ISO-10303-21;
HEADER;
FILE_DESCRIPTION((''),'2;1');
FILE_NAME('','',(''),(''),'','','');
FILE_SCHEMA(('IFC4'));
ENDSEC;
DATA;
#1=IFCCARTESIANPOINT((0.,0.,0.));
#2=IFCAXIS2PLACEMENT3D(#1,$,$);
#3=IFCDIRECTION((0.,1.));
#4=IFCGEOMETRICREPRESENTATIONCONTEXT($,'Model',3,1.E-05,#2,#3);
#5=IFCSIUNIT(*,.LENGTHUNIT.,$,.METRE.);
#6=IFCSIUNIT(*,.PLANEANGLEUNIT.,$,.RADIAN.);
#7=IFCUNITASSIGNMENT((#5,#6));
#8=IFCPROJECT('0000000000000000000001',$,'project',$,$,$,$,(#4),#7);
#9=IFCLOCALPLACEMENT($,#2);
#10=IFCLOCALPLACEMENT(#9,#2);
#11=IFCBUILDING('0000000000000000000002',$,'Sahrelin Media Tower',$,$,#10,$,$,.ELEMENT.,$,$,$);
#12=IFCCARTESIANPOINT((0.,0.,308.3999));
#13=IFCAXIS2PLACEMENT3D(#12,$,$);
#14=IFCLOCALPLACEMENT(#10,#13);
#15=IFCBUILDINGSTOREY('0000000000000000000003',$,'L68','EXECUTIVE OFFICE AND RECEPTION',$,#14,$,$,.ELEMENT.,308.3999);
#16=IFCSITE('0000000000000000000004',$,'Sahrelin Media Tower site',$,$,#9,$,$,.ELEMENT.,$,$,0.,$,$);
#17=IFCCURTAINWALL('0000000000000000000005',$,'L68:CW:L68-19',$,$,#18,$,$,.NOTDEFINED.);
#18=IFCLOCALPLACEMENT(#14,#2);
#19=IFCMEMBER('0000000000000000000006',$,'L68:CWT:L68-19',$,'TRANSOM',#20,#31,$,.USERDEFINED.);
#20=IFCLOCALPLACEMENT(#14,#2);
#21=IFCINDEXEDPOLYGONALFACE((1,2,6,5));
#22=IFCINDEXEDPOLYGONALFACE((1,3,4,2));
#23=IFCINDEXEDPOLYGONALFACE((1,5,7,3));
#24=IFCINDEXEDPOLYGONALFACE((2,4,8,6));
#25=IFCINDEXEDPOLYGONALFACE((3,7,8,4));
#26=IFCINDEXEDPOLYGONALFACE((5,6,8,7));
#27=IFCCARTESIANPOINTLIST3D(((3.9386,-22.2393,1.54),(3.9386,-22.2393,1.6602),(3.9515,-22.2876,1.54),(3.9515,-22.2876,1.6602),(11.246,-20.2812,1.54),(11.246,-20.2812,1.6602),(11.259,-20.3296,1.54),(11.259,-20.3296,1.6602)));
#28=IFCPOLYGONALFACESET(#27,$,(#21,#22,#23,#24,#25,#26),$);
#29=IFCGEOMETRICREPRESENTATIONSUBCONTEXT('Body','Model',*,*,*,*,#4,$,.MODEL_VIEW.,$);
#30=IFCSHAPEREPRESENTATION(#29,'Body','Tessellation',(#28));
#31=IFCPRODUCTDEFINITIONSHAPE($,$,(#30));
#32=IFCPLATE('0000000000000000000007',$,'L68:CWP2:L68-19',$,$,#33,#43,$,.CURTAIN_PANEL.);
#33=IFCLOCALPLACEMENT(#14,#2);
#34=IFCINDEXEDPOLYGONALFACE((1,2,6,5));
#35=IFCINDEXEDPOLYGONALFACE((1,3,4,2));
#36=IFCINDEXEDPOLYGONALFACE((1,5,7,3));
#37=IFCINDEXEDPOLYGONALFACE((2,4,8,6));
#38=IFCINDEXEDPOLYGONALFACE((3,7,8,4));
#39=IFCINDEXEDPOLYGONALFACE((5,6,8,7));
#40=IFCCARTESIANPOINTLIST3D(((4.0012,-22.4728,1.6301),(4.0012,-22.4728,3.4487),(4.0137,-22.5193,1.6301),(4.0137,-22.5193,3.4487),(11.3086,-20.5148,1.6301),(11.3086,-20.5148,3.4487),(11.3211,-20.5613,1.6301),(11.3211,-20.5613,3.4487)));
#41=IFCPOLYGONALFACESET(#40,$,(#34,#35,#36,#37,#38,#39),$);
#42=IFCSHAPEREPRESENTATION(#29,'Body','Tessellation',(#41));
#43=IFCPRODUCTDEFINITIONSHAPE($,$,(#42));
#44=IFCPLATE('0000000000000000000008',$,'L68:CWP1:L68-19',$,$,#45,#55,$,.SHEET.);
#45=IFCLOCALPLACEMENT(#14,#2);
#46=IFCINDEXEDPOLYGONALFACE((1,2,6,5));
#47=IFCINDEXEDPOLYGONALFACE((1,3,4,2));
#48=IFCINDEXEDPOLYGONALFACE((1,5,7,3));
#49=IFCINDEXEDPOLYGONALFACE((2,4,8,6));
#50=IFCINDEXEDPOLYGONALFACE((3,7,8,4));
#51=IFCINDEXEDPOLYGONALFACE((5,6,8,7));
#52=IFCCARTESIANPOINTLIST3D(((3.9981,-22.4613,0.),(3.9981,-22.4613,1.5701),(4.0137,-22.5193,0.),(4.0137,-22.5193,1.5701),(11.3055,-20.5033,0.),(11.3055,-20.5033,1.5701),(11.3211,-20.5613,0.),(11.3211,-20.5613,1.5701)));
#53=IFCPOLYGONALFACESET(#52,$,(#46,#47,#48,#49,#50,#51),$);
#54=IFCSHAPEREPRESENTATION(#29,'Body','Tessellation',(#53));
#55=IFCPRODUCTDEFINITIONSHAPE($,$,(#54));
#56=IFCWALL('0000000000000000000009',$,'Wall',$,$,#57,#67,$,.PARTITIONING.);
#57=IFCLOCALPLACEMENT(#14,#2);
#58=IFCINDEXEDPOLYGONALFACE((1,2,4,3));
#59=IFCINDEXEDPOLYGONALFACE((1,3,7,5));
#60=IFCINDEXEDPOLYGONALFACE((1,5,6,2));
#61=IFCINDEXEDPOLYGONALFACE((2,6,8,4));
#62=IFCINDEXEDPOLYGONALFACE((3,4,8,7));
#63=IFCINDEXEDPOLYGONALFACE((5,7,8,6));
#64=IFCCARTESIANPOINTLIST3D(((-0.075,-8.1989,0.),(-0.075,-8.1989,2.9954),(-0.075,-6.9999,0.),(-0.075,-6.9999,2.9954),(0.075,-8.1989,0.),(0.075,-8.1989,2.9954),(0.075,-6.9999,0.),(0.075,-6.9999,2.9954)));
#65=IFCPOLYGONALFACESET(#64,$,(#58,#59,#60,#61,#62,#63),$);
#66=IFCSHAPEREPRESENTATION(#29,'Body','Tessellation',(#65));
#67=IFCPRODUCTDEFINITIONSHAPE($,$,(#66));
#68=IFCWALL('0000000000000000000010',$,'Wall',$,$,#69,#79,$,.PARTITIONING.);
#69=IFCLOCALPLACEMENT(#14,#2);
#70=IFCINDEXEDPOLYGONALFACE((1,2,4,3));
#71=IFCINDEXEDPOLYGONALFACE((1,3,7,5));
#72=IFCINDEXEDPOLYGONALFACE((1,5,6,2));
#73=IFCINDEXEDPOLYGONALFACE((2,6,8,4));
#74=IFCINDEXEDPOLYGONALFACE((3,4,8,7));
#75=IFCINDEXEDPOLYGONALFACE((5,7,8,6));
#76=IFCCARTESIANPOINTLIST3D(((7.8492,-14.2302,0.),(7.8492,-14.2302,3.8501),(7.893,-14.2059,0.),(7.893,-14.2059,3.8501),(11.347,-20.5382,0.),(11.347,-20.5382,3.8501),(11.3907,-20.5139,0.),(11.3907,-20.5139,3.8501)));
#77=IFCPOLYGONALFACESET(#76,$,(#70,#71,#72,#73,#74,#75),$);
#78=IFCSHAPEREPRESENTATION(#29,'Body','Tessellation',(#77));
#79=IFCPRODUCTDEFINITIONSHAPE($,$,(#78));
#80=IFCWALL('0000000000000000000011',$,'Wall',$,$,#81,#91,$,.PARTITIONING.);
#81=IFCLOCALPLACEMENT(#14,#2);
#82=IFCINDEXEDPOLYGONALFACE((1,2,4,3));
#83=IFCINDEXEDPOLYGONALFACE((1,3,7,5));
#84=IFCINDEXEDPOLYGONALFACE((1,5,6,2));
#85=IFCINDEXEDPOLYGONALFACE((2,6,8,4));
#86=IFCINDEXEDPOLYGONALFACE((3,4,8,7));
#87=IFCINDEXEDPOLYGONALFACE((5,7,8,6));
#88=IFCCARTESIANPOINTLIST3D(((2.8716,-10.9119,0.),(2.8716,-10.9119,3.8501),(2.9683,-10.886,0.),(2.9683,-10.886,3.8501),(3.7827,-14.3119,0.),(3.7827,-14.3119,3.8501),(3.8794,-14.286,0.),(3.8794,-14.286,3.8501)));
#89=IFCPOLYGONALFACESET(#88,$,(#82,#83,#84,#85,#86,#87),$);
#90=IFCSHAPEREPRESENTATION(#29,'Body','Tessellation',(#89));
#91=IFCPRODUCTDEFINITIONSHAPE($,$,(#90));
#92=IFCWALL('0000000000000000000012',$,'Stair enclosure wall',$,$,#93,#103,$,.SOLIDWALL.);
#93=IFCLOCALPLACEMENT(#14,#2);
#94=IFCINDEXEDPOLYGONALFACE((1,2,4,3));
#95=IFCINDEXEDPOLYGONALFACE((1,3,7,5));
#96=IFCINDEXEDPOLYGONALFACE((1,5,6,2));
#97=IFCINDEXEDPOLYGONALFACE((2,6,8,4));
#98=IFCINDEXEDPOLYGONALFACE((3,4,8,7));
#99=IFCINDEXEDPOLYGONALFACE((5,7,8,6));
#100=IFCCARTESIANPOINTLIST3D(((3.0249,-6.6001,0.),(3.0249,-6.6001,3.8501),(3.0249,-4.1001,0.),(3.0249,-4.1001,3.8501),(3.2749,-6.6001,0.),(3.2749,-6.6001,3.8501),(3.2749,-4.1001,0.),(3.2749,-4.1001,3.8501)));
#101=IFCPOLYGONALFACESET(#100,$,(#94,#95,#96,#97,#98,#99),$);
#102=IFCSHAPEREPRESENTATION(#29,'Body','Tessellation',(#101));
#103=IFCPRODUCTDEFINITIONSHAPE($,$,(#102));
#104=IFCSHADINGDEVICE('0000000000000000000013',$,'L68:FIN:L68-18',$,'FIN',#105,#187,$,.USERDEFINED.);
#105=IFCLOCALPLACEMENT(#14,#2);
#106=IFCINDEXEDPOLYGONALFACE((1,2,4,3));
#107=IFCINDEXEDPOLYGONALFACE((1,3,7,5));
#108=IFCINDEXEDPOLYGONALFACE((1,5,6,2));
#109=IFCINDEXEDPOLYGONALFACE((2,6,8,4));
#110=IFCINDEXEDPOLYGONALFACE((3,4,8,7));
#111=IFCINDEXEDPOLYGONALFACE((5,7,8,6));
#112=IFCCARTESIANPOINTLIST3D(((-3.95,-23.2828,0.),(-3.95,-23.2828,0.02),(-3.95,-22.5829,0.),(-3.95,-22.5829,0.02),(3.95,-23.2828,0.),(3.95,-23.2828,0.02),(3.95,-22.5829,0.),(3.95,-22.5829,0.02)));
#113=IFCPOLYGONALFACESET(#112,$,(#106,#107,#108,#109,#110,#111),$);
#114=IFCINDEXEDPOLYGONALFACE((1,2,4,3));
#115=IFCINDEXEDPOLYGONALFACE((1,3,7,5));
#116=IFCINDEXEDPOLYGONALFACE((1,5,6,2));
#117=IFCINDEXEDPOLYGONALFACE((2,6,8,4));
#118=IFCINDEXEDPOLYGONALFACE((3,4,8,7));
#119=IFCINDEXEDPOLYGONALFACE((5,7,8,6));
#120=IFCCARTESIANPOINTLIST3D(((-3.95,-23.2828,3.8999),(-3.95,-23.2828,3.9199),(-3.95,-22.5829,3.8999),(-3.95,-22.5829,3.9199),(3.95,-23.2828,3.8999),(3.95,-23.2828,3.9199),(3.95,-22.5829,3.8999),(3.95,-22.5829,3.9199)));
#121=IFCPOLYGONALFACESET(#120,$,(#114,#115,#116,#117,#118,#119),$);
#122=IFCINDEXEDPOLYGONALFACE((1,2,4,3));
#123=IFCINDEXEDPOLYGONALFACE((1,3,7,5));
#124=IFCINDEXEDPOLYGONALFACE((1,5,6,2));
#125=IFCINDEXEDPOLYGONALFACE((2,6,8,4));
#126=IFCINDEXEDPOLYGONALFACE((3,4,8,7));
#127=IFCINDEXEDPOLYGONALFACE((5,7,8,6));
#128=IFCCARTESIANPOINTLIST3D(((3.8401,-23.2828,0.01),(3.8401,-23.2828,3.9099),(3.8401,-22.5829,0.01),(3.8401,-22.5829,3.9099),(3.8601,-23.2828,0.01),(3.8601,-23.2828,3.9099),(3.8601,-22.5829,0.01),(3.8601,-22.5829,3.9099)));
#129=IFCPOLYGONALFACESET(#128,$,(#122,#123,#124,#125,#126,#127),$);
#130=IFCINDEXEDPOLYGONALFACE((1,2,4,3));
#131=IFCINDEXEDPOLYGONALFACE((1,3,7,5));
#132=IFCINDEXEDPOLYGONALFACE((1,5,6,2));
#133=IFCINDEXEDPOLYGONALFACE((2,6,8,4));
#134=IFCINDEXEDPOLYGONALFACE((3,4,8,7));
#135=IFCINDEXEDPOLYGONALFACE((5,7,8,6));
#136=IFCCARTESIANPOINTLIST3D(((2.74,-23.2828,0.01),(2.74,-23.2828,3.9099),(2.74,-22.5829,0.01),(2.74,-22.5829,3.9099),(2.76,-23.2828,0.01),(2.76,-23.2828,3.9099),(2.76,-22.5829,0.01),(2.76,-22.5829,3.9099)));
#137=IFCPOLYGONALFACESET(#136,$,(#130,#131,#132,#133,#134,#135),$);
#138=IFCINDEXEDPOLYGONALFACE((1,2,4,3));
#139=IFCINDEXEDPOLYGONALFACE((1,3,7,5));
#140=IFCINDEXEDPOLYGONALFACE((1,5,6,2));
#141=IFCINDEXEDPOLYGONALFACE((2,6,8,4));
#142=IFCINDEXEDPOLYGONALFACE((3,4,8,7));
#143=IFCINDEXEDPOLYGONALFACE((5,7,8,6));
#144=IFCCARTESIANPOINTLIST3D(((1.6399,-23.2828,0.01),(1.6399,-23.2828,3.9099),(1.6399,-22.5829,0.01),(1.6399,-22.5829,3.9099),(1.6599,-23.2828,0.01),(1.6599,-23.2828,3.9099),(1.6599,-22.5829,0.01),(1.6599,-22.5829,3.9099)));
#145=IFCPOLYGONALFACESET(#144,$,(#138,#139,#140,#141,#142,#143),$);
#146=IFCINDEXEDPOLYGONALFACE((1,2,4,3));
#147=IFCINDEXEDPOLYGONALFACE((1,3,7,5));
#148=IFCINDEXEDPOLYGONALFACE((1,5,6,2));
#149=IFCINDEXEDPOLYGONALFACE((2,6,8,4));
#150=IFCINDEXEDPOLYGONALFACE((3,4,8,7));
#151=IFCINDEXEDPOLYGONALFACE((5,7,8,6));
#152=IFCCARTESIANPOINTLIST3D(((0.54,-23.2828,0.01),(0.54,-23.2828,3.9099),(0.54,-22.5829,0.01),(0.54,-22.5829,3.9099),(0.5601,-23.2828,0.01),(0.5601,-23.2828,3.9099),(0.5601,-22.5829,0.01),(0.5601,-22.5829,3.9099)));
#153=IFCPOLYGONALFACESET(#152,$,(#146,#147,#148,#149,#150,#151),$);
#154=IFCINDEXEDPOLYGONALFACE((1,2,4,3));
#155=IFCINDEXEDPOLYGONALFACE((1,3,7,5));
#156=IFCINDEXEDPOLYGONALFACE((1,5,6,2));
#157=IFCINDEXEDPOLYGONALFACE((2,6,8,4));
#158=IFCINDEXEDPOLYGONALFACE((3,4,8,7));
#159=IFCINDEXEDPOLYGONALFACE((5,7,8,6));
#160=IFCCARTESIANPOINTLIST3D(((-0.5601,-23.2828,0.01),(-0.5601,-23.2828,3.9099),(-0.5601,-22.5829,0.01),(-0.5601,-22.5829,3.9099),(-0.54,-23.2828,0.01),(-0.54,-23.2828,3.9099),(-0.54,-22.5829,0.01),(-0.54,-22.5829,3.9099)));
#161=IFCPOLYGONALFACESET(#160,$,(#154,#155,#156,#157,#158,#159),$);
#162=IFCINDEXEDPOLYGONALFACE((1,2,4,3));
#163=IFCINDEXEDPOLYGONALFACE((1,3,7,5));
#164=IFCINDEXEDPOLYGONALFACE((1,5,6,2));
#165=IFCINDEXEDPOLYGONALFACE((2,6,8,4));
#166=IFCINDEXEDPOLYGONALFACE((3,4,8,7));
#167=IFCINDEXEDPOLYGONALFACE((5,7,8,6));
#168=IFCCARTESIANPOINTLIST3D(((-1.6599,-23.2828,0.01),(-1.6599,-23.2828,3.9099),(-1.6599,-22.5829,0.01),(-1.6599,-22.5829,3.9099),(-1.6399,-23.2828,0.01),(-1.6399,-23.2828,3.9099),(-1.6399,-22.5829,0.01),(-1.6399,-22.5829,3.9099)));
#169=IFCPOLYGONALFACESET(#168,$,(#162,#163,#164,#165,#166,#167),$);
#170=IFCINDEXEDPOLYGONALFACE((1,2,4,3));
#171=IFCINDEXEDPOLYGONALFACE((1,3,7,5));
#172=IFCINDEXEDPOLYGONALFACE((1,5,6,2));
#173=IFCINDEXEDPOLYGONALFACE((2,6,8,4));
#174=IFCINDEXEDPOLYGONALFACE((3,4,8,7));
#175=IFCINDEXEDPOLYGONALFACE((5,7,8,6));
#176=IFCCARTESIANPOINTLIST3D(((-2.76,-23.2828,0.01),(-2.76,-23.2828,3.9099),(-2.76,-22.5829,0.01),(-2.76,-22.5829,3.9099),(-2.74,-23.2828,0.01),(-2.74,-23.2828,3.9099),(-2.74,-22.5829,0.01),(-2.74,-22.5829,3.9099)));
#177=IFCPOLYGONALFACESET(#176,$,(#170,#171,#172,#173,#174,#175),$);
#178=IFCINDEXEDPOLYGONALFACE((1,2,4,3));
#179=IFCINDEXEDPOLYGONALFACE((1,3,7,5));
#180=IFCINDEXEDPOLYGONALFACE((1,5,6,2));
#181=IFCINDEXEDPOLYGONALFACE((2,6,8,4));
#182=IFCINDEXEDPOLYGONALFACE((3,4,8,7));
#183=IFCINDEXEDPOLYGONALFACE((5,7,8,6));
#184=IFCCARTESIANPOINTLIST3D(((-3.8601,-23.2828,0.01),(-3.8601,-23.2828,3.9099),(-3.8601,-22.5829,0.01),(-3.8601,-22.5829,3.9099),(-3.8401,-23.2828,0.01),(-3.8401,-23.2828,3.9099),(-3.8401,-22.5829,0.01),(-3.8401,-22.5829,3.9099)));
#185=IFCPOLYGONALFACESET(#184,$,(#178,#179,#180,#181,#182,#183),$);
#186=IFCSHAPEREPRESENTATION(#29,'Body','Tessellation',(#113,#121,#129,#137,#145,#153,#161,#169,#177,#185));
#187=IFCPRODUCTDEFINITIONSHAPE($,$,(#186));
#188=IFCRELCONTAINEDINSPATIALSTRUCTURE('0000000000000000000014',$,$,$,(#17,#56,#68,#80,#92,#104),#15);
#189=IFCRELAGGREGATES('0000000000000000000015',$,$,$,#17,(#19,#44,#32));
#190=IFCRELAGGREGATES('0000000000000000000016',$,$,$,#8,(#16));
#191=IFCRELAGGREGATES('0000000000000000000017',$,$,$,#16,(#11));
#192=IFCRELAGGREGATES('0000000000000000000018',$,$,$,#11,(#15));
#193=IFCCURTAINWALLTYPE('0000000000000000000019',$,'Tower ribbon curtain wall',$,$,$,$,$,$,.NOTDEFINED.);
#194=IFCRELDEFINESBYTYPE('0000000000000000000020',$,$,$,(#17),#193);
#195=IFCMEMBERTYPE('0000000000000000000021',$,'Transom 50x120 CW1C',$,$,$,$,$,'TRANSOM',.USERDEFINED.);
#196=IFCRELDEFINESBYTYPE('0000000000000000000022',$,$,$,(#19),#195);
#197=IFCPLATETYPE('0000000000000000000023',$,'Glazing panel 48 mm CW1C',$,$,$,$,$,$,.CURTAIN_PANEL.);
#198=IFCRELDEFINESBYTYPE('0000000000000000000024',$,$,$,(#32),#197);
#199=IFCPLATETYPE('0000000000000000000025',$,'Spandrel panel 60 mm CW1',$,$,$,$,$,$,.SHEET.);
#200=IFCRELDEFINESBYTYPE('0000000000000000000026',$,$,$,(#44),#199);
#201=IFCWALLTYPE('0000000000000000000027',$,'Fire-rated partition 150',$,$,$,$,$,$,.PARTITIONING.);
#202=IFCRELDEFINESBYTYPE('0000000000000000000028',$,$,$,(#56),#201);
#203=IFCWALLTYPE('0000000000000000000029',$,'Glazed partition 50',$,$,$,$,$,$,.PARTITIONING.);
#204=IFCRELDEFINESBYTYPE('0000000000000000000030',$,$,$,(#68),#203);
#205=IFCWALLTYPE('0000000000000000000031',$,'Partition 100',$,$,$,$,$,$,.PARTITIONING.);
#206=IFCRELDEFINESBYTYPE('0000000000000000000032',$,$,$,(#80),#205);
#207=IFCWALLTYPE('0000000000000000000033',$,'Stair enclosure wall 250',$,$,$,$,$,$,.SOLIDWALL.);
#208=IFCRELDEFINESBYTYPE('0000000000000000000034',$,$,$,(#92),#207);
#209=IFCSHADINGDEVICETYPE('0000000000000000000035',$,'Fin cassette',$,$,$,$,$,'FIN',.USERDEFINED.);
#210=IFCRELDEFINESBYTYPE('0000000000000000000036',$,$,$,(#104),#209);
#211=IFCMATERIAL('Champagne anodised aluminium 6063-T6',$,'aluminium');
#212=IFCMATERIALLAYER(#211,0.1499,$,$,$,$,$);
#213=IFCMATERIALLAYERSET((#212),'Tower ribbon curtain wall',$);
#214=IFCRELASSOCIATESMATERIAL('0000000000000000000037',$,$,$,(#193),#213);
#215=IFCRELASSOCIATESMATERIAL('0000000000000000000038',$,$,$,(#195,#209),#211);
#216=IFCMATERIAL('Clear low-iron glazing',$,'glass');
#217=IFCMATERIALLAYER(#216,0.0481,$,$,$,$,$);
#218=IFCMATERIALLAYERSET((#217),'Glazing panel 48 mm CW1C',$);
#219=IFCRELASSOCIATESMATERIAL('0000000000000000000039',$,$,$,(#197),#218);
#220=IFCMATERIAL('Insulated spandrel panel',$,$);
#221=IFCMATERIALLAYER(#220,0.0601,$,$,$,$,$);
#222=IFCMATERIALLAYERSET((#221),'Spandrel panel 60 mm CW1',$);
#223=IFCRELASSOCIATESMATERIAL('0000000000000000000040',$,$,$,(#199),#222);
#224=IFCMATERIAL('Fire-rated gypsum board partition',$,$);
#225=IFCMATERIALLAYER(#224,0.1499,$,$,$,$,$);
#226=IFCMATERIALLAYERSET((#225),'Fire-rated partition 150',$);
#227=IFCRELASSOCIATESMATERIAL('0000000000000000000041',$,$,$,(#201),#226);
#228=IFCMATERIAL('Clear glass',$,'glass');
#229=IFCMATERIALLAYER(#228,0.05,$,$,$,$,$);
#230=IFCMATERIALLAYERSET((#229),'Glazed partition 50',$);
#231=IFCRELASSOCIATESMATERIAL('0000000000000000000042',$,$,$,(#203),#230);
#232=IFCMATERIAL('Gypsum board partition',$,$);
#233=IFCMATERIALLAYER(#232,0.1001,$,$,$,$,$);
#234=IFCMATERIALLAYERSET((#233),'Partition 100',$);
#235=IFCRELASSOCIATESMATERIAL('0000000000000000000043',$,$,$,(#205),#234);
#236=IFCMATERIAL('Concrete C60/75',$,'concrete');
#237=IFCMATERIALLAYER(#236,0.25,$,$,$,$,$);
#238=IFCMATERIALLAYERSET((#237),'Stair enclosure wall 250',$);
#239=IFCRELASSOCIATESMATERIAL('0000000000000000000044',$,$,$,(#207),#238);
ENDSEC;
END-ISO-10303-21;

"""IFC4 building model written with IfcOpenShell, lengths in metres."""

from ifc_helpers import new_model, si_unit, direction, frame, frame_2d, origin, origin_2d, place, context, subcontext, project, spatial, polyline, rectangle, outline, extrude, material, layer, layer_set, material_profile, profile_set, type_object, element, aggregate, save


model = new_model("IFC4")

# Units and contexts
model_context = context("Model", 3, precision=1e-05, world=origin(), true_north=direction((0.0, 1.0)))
body_context = subcontext(model_context, "Body", "Model", "MODEL_VIEW")
ifc_project = project(units=[si_unit("LENGTHUNIT", "METRE"), si_unit("PLANEANGLEUNIT", "RADIAN")], contexts=[model_context])

# Site, building, storey
site_placement = place(None, origin())
site = spatial("IfcSite", under=ifc_project, at=site_placement, Name="Sahrelin Media Tower site", CompositionType="ELEMENT", RefElevation=0.0)
building_placement = place(site_placement, origin())
building = spatial("IfcBuilding", under=site, at=building_placement, Name="Sahrelin Media Tower", CompositionType="ELEMENT")
storey_placement = place(building_placement, frame((0.0, 0.0, 308.3999)))
storey = spatial("IfcBuildingStorey", under=building, at=storey_placement, Name="L68", Description="EXECUTIVE OFFICE AND RECEPTION", CompositionType="ELEMENT", Elevation=308.3999)

# Curtain wall
ifc_material_1 = material(Name="Champagne anodised aluminium 6063-T6", Category="aluminium")
ifc_layer_1 = layer(ifc_material_1, 0.1499)
ifc_layer_set_1 = layer_set([ifc_layer_1], Name="Tower ribbon curtain wall")
curtain_wall_type = type_object("IfcCurtainWallType", Name="Tower ribbon curtain wall", PredefinedType="NOTDEFINED", material=ifc_layer_set_1)
curtain_wall_1_placement = place(storey_placement, frame((7.6621, -21.521, 0.0), z_axis=(0.0, 0.0, 1.0), x_axis=(1.0, 0.0, 0.0)))
curtain_wall_1 = element("IfcCurtainWall", 1, at=curtain_wall_1_placement, inside=storey, type_object=curtain_wall_type, Name="L68:CW:L68-19", PredefinedType="NOTDEFINED")

# Member
ifc_material_profile_1 = material_profile(ifc_material_1, rectangle(XDim=0.05, YDim=0.1201, at=origin_2d()), Name="Transom 50x120")
ifc_profile_set_1 = profile_set([ifc_material_profile_1], Name="Champagne anodised aluminium 6063-T6")
member_type_1 = type_object("IfcMemberType", Name="Transom 50x120 CW1C", ElementType="TRANSOM", PredefinedType="USERDEFINED", material=ifc_profile_set_1)
member_1_placement = place(storey_placement, frame((3.9451, -22.2634, 1.6001), z_axis=(0.965926, 0.258819, 0.0), x_axis=(-0.258819, 0.965926, 0.0)))
member_1 = element("IfcMember", 2, at=member_1_placement, type_object=member_type_1, Name="L68:CWT:L68-19", ObjectType="TRANSOM", PredefinedType="USERDEFINED", context=body_context, shape_type="SweptSolid", body=[
    extrude(rectangle(XDim=0.05, YDim=0.1201, at=origin_2d()), origin(), (0.0, 0.0, 1.0), 7.5652),
])

# Plates
ifc_material_2 = material(Name="Clear low-iron glazing", Category="glass")
ifc_layer_2 = layer(ifc_material_2, 0.0481)
ifc_layer_set_2 = layer_set([ifc_layer_2], Name="Glazing panel 48 mm CW1C")
plate_type_1 = type_object("IfcPlateType", Name="Glazing panel 48 mm CW1C", PredefinedType="CURTAIN_PANEL", material=ifc_layer_set_2)
plate_1_placement = place(storey_placement, frame((4.0137, -22.5193, 1.6301), z_axis=(0.258819, -0.965926, 0.0), x_axis=(0.965926, 0.258819, 0.0)))
plate_1 = element("IfcPlate", 3, at=plate_1_placement, type_object=plate_type_1, Name="L68:CWP2:L68-19", PredefinedType="CURTAIN_PANEL", context=body_context, shape_type="SweptSolid", body=[
    extrude(outline(polyline([(0.0, 0.0), (7.5652, 0.0), (7.5652, 1.8186), (0.0, 1.8186), (0.0, 0.0)])), origin(), (0.0, 0.0, -1.0), 0.0481),
])
ifc_material_3 = material(Name="Insulated spandrel panel")
ifc_layer_3 = layer(ifc_material_3, 0.0601)
ifc_layer_set_3 = layer_set([ifc_layer_3], Name="Spandrel panel 60 mm CW1")
plate_type_2 = type_object("IfcPlateType", Name="Spandrel panel 60 mm CW1", PredefinedType="SHEET", material=ifc_layer_set_3)
plate_2_placement = place(storey_placement, frame((4.0137, -22.5193, 0.0), z_axis=(0.258819, -0.965926, 0.0), x_axis=(0.965926, 0.258819, 0.0)))
plate_2 = element("IfcPlate", 4, at=plate_2_placement, type_object=plate_type_2, Name="L68:CWP1:L68-19", PredefinedType="SHEET", context=body_context, shape_type="SweptSolid", body=[
    extrude(outline(polyline([(0.0, 0.0), (7.5652, 0.0), (7.5652, 1.5701), (0.0, 1.5701), (0.0, 0.0)])), origin(), (0.0, 0.0, -1.0), 0.0601),
])
aggregate(curtain_wall_1, [member_1, plate_2, plate_1])

# Walls
ifc_material_4 = material(Name="Fire-rated gypsum board partition")
ifc_layer_4 = layer(ifc_material_4, 0.1499)
ifc_layer_set_4 = layer_set([ifc_layer_4], Name="Fire-rated partition 150")
wall_type_1 = type_object("IfcWallType", Name="Fire-rated partition 150", PredefinedType="PARTITIONING", material=ifc_layer_set_4)
wall_1_placement = place(storey_placement, frame((0.0, -8.199, 0.0), z_axis=(0.0, 0.0, 1.0), x_axis=(0.0, 1.0, 0.0)))
element("IfcWall", 5, at=wall_1_placement, inside=storey, type_object=wall_type_1, Name="Wall", PredefinedType="PARTITIONING", context=body_context, shape_type="SweptSolid", body=[
    extrude(rectangle(XDim=1.199, YDim=0.1499, at=frame_2d((0.5996, 0.0))), origin(), (0.0, 0.0, 1.0), 2.9954),
])
ifc_material_5 = material(Name="Clear glass", Category="glass")
ifc_layer_5 = layer(ifc_material_5, 0.05)
ifc_layer_set_5 = layer_set([ifc_layer_5], Name="Glazed partition 50")
wall_type_2 = type_object("IfcWallType", Name="Glazed partition 50", PredefinedType="PARTITIONING", material=ifc_layer_set_5)
wall_2_placement = place(storey_placement, frame((7.8711, -14.218, 0.0), z_axis=(0.0, 0.0, 1.0), x_axis=(0.484933, -0.874551, 0.0)))
element("IfcWall", 6, at=wall_2_placement, inside=storey, type_object=wall_type_2, Name="Wall", PredefinedType="PARTITIONING", context=body_context, shape_type="SweptSolid", body=[
    extrude(rectangle(XDim=7.2129, YDim=0.05, at=frame_2d((3.6064, 0.0))), origin(), (0.0, 0.0, 1.0), 3.8501),
])
ifc_material_6 = material(Name="Gypsum board partition")
ifc_layer_6 = layer(ifc_material_6, 0.1001)
ifc_layer_set_6 = layer_set([ifc_layer_6], Name="Partition 100")
wall_type_3 = type_object("IfcWallType", Name="Partition 100", PredefinedType="PARTITIONING", material=ifc_layer_set_6)
wall_3_placement = place(storey_placement, frame((2.9199, -10.8989, 0.0), z_axis=(0.0, 0.0, 1.0), x_axis=(0.258837, -0.965921, 0.0)))
element("IfcWall", 7, at=wall_3_placement, inside=storey, type_object=wall_type_3, Name="Wall", PredefinedType="PARTITIONING", context=body_context, shape_type="SweptSolid", body=[
    extrude(rectangle(XDim=3.52, YDim=0.1001, at=frame_2d((1.76, 0.0))), origin(), (0.0, 0.0, 1.0), 3.8501),
])
ifc_material_7 = material(Name="Concrete C60/75", Category="concrete")
ifc_layer_7 = layer(ifc_material_7, 0.25)
ifc_layer_set_7 = layer_set([ifc_layer_7], Name="Stair enclosure wall 250")
wall_type_4 = type_object("IfcWallType", Name="Stair enclosure wall 250", PredefinedType="SOLIDWALL", material=ifc_layer_set_7)
wall_4_placement = place(storey_placement, frame((3.1499, -6.6001, 0.0), z_axis=(0.0, 0.0, 1.0), x_axis=(0.0, 1.0, 0.0)))
element("IfcWall", 8, at=wall_4_placement, inside=storey, type_object=wall_type_4, Name="Stair enclosure wall", PredefinedType="SOLIDWALL", context=body_context, shape_type="SweptSolid", body=[
    extrude(rectangle(XDim=2.5, YDim=0.25, at=frame_2d((1.25, 0.0))), origin(), (0.0, 0.0, 1.0), 3.8501),
])

# Shading device
shading_device_type_1 = type_object("IfcShadingDeviceType", Name="Fin cassette", ElementType="FIN", PredefinedType="USERDEFINED", material=ifc_material_1)
placement_1 = place(storey_placement, frame((0.0, -22.5129, 0.0), z_axis=(0.0, 0.0, 1.0), x_axis=(-1.0, 0.0, 0.0)))
element("IfcShadingDevice", 9, at=placement_1, inside=storey, type_object=shading_device_type_1, Name="L68:FIN:L68-18", ObjectType="FIN", PredefinedType="USERDEFINED", context=body_context, shape_type="SweptSolid", body=[
    extrude(rectangle(XDim=7.8999, YDim=0.7, at=origin_2d()), frame((0.0, 0.4199, 0.0)), (0.0, 0.0, 1.0), 0.02),
    extrude(rectangle(XDim=7.8999, YDim=0.7, at=origin_2d()), frame((0.0, 0.4199, 3.8999)), (0.0, 0.0, 1.0), 0.02),
    extrude(rectangle(XDim=0.02, YDim=0.7, at=origin_2d()), frame((-3.8501, 0.4199, 0.01), z_axis=(0.0, 0.0, 1.0), x_axis=(1.0, 0.0, 0.0)), (0.0, 0.0, 1.0), 3.8999),
    extrude(rectangle(XDim=0.02, YDim=0.7, at=origin_2d()), frame((-2.75, 0.4199, 0.01), z_axis=(0.0, 0.0, 1.0), x_axis=(1.0, 0.0, 0.0)), (0.0, 0.0, 1.0), 3.8999),
    extrude(rectangle(XDim=0.02, YDim=0.7, at=origin_2d()), frame((-1.6499, 0.4199, 0.01), z_axis=(0.0, 0.0, 1.0), x_axis=(1.0, 0.0, 0.0)), (0.0, 0.0, 1.0), 3.8999),
    extrude(rectangle(XDim=0.02, YDim=0.7, at=origin_2d()), frame((-0.55, 0.4199, 0.01), z_axis=(0.0, 0.0, 1.0), x_axis=(1.0, 0.0, 0.0)), (0.0, 0.0, 1.0), 3.8999),
    extrude(rectangle(XDim=0.02, YDim=0.7, at=origin_2d()), frame((0.55, 0.4199, 0.01), z_axis=(0.0, 0.0, 1.0), x_axis=(1.0, 0.0, 0.0)), (0.0, 0.0, 1.0), 3.8999),
    extrude(rectangle(XDim=0.02, YDim=0.7, at=origin_2d()), frame((1.6499, 0.4199, 0.01), z_axis=(0.0, 0.0, 1.0), x_axis=(1.0, 0.0, 0.0)), (0.0, 0.0, 1.0), 3.8999),
    extrude(rectangle(XDim=0.02, YDim=0.7, at=origin_2d()), frame((2.75, 0.4199, 0.01), z_axis=(0.0, 0.0, 1.0), x_axis=(1.0, 0.0, 0.0)), (0.0, 0.0, 1.0), 3.8999),
    extrude(rectangle(XDim=0.02, YDim=0.7, at=origin_2d()), frame((3.8501, 0.4199, 0.01), z_axis=(0.0, 0.0, 1.0), x_axis=(1.0, 0.0, 0.0)), (0.0, 0.0, 1.0), 3.8999),
])

save(model, "model.ifc")
